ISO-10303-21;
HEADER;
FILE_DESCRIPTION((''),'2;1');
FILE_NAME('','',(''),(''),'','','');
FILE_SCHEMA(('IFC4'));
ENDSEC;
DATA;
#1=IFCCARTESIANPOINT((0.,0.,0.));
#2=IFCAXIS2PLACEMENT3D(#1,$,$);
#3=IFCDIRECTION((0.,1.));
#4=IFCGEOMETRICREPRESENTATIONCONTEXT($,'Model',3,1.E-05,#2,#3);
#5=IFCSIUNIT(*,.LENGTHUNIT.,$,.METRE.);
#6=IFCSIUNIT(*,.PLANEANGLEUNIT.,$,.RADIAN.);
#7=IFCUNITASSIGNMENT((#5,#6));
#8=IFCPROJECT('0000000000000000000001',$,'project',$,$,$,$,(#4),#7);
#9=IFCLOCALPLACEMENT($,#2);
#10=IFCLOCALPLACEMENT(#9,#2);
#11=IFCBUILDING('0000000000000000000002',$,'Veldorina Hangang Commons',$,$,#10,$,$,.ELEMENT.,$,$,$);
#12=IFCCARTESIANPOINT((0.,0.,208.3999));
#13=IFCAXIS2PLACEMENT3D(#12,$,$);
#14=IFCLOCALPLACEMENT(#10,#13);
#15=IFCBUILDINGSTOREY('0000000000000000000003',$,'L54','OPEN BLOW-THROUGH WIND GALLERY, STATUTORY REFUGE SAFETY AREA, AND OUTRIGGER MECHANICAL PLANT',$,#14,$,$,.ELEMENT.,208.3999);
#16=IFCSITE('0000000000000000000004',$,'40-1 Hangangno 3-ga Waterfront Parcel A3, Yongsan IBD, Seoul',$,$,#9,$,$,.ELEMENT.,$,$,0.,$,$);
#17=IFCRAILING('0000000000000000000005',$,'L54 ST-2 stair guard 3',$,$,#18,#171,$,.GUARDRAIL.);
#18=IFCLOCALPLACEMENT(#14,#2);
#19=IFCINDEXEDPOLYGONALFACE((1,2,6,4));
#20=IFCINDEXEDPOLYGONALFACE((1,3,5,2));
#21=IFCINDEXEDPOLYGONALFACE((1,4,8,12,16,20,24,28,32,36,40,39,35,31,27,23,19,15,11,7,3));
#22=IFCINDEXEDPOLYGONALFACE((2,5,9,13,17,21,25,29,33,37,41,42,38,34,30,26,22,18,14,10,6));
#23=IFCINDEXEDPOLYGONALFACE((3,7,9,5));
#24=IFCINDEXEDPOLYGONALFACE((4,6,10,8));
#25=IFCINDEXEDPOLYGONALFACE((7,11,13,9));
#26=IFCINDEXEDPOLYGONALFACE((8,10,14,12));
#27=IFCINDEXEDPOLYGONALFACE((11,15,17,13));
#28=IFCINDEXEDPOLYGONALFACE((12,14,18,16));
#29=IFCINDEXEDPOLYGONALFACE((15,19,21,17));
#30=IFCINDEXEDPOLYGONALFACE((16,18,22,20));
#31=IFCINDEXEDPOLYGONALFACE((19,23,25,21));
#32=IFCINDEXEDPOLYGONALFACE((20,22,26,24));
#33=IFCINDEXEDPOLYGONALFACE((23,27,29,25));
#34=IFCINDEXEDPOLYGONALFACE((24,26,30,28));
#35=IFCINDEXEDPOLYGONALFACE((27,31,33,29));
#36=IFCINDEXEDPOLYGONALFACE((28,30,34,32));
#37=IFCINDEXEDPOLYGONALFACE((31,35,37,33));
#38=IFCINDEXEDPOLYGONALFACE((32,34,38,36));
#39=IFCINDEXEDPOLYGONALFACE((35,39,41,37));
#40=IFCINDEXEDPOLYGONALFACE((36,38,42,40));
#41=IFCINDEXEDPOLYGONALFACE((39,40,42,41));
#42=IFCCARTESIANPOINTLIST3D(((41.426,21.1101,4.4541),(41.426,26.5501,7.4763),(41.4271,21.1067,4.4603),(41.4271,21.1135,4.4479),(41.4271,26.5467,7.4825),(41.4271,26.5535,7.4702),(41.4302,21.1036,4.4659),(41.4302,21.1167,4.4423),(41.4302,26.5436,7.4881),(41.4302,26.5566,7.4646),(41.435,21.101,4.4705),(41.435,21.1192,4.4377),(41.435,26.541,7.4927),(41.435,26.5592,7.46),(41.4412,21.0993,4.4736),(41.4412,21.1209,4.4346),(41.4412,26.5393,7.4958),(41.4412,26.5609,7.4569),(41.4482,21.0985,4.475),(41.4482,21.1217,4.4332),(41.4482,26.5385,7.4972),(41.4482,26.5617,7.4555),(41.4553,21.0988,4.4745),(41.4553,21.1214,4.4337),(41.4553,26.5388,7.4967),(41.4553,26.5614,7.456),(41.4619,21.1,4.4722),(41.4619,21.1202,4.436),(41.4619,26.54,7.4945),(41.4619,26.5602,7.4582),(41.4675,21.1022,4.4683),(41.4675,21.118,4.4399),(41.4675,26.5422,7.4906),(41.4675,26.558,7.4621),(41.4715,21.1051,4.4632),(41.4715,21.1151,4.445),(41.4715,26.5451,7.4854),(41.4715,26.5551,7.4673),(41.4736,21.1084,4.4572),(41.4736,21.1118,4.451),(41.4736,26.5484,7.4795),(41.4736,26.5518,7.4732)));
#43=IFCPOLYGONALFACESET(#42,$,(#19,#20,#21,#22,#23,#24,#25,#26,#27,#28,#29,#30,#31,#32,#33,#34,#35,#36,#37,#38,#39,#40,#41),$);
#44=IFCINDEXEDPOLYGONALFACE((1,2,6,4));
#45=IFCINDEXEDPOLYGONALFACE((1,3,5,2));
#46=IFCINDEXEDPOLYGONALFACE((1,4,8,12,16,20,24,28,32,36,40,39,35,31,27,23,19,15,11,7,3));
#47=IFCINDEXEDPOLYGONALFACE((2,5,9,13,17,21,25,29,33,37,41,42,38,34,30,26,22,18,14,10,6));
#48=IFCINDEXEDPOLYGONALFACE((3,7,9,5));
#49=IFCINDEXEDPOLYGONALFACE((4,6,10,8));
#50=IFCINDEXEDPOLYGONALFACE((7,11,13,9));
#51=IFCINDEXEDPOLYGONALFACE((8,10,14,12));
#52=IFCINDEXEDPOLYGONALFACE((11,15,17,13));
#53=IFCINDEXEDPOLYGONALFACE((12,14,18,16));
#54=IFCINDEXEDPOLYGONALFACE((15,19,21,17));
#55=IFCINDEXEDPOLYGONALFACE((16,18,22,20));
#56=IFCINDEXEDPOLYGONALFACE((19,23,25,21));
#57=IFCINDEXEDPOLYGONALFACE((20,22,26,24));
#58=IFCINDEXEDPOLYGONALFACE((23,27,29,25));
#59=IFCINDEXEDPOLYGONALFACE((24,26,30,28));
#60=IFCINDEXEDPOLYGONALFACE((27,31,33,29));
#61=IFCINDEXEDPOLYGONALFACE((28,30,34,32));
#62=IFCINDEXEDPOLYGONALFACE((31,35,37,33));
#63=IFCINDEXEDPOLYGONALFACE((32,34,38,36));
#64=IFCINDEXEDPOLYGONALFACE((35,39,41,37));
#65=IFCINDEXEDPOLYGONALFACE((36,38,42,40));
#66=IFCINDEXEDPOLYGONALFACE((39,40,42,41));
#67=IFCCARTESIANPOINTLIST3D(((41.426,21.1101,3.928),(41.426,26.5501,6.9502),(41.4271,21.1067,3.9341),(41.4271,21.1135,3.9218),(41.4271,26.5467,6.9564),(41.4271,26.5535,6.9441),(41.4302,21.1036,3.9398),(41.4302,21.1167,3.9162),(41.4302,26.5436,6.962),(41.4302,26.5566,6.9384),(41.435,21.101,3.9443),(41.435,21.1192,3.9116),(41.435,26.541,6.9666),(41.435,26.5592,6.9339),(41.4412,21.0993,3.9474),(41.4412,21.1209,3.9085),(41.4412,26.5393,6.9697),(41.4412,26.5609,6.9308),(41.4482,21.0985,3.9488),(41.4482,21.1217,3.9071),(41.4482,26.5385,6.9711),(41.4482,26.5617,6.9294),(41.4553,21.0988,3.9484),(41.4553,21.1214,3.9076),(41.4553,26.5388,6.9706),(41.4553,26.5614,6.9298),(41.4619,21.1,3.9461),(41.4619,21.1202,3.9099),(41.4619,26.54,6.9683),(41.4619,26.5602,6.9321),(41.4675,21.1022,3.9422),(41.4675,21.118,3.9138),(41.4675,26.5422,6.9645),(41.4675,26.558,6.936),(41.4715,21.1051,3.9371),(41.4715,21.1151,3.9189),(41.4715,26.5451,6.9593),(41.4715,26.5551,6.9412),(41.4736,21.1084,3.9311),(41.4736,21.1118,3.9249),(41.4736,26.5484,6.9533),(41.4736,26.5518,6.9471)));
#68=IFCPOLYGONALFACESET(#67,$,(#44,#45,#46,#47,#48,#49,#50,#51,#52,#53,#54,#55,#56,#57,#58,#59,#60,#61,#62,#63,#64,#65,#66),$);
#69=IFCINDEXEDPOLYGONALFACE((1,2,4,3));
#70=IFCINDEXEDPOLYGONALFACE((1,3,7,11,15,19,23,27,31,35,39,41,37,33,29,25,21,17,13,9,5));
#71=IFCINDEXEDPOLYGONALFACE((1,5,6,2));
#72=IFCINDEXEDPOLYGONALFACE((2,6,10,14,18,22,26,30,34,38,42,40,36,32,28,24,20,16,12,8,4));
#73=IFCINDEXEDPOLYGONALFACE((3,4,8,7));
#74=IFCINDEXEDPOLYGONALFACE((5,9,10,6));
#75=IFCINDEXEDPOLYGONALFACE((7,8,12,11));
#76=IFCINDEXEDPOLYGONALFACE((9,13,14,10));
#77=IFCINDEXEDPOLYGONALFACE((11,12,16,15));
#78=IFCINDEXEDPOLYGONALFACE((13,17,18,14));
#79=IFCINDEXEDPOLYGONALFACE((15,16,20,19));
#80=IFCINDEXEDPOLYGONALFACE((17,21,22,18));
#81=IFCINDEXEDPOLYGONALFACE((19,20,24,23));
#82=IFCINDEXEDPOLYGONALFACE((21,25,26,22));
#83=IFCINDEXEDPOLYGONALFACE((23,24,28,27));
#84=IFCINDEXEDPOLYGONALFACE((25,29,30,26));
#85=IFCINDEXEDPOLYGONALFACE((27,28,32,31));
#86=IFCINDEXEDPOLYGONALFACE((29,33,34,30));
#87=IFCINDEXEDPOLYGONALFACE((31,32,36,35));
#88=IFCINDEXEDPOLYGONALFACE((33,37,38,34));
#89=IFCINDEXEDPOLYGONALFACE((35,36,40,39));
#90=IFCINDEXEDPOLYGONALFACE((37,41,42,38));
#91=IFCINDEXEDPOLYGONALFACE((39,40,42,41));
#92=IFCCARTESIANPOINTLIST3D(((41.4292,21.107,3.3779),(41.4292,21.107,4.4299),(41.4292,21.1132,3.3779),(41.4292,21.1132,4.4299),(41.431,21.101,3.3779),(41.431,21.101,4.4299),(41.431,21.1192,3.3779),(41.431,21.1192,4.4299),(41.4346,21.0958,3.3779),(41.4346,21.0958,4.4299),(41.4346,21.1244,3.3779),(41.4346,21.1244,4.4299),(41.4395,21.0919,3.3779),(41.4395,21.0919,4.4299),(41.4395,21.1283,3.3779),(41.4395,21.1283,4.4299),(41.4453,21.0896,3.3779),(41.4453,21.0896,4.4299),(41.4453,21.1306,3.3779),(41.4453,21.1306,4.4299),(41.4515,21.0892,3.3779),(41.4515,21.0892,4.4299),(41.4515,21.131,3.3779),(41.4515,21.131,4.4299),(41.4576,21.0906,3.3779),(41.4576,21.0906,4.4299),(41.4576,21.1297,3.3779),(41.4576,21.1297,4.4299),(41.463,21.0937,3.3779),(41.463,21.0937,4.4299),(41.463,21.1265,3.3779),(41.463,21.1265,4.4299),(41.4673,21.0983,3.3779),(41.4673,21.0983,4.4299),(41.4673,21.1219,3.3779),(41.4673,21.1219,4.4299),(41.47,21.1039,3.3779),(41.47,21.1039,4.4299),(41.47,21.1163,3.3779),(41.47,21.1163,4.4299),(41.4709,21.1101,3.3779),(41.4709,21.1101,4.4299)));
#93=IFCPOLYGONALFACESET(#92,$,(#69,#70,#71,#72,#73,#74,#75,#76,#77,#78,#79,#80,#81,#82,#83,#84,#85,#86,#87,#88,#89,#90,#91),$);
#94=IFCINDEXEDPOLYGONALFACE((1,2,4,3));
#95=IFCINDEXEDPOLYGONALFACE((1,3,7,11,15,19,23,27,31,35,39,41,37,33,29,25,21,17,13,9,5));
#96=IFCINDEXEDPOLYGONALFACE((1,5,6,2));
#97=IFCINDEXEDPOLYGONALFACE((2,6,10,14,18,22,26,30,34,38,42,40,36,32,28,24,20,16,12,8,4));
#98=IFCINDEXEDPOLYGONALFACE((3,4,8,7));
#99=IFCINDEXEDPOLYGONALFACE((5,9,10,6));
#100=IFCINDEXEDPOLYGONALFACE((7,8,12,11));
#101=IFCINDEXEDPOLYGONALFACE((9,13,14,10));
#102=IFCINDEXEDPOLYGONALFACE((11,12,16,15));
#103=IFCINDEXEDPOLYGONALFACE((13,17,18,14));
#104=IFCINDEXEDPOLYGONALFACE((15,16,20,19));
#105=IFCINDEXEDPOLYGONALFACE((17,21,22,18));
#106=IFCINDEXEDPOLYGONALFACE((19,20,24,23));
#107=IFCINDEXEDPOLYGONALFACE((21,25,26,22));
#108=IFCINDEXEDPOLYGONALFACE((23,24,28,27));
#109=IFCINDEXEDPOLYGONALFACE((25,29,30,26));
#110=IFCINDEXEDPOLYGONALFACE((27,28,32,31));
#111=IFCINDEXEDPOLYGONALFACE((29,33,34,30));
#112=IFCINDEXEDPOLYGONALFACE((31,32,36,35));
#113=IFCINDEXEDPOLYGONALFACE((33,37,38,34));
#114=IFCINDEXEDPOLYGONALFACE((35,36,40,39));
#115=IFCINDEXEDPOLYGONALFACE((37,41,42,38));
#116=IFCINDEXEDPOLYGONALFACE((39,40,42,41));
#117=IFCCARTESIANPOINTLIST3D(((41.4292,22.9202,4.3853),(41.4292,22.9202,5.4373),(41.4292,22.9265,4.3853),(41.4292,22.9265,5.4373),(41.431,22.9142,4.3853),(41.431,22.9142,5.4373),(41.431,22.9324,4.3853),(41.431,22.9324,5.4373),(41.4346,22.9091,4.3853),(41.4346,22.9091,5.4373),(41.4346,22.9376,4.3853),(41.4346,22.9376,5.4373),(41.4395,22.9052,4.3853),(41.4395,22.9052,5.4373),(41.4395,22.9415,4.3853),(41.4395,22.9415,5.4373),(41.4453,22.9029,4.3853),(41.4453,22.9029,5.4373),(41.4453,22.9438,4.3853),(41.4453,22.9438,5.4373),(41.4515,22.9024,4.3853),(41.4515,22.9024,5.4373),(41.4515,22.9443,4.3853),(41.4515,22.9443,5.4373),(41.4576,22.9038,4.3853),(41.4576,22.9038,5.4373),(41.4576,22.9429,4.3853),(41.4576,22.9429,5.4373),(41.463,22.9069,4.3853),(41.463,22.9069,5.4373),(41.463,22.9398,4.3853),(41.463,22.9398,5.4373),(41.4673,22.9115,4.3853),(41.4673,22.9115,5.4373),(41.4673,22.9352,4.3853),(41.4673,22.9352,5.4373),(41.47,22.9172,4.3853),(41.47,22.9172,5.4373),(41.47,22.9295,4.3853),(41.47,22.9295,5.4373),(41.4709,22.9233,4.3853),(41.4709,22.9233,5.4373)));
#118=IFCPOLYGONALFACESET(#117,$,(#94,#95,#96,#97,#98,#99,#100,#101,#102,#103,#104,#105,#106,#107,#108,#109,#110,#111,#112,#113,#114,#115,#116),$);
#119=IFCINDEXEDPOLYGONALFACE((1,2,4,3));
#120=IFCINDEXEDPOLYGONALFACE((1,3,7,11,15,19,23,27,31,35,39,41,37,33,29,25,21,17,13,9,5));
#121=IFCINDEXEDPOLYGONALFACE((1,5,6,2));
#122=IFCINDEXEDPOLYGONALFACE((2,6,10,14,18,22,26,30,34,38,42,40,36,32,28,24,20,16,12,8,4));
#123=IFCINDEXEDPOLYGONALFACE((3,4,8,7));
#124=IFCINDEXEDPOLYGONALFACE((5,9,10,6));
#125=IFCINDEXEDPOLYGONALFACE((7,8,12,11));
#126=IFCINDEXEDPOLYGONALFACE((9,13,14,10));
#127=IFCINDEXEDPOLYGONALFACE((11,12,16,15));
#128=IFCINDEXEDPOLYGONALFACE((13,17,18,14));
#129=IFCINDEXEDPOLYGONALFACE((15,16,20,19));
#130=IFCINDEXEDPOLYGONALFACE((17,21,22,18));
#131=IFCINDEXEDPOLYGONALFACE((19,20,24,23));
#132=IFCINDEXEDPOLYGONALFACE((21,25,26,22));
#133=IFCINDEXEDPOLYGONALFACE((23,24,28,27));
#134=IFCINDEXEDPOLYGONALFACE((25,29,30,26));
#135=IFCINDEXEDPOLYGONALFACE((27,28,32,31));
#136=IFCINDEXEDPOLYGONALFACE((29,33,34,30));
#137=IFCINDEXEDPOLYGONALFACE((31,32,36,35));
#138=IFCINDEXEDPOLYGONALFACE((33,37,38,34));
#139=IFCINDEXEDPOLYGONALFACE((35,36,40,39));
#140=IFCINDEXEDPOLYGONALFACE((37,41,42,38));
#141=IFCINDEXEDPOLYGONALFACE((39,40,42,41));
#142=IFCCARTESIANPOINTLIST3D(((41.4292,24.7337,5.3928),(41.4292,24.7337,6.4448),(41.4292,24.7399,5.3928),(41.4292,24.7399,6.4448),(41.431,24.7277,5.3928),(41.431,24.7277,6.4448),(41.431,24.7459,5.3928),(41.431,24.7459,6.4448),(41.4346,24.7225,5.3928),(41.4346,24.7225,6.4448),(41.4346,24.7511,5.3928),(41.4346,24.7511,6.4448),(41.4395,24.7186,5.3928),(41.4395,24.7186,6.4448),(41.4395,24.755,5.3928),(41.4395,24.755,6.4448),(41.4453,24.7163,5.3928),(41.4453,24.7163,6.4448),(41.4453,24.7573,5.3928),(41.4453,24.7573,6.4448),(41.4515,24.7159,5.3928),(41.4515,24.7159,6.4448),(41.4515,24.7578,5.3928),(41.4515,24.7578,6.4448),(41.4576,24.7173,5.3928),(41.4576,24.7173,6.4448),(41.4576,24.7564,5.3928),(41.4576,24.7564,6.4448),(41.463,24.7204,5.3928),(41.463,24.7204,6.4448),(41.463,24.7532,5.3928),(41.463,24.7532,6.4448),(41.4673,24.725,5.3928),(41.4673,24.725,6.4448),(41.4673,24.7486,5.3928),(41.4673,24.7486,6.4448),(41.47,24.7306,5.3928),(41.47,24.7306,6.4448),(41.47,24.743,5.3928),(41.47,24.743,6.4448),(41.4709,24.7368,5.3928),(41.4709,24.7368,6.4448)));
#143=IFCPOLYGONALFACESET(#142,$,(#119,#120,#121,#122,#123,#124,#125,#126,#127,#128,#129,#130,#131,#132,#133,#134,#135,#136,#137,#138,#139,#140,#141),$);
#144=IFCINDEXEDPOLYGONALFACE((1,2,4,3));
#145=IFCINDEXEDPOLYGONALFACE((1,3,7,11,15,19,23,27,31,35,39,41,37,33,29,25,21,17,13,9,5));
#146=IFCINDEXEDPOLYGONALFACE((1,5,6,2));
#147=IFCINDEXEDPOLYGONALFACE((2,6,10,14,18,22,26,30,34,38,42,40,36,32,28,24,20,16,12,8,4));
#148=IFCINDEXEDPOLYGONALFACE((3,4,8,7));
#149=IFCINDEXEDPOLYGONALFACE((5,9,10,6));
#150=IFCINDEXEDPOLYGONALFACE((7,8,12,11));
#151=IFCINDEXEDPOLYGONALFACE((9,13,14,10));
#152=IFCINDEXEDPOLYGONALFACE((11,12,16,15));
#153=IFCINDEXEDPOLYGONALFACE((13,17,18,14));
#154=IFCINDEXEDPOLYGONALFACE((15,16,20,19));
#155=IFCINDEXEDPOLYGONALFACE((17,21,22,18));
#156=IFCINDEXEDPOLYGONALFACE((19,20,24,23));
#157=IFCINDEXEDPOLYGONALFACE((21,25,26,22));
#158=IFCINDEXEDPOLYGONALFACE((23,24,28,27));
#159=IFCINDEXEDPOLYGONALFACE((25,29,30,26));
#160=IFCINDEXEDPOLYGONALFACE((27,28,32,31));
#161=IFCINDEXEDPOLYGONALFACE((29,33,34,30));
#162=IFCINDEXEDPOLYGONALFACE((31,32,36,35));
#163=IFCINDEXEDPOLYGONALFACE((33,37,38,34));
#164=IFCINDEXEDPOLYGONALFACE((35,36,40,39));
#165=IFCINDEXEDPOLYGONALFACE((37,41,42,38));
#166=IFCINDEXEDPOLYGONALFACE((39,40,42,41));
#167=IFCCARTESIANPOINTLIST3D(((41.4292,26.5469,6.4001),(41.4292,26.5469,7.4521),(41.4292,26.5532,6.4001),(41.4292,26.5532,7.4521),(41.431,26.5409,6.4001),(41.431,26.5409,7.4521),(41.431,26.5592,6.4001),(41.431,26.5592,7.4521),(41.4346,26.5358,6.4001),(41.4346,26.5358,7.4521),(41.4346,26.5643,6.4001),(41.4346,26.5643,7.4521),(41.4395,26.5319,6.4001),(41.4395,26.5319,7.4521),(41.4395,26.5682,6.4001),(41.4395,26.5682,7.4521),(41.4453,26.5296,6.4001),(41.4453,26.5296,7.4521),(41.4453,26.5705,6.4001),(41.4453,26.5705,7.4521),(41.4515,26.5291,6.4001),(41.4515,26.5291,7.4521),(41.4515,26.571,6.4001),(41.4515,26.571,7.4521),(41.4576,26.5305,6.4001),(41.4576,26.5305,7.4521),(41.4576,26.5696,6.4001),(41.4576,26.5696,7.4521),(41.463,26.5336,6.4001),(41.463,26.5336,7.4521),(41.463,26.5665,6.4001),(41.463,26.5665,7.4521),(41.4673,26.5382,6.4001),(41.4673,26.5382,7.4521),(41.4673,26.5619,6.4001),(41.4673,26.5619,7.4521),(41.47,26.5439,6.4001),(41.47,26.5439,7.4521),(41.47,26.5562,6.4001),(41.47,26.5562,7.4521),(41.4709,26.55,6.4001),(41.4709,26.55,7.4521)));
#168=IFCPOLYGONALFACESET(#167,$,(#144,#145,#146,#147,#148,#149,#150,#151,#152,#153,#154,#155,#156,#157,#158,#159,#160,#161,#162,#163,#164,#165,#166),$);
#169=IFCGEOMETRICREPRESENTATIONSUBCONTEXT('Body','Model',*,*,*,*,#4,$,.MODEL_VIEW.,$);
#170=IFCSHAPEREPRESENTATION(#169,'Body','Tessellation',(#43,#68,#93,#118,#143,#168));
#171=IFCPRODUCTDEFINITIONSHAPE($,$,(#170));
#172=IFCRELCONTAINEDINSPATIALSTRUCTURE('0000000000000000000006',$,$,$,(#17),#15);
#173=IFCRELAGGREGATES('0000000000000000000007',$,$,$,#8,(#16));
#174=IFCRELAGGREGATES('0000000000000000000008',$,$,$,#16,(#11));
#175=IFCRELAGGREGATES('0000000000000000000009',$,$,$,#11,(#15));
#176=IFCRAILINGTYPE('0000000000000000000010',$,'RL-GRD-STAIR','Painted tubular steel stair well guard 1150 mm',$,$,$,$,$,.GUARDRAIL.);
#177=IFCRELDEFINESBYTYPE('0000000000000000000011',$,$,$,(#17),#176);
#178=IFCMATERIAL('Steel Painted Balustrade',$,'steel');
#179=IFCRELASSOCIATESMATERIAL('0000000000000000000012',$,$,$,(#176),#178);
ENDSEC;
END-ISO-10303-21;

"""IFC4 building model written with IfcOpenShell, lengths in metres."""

from ifc_helpers import new_model, si_unit, direction, frame, origin, origin_2d, place, context, subcontext, project, spatial, circle, extrude, material, type_object, element, save


model = new_model("IFC4")

# Units and contexts
model_context = context("Model", 3, precision=1e-05, world=origin(), true_north=direction((0.0, 1.0)))
body_context = subcontext(model_context, "Body", "Model", "MODEL_VIEW")
ifc_project = project(units=[si_unit("LENGTHUNIT", "METRE"), si_unit("PLANEANGLEUNIT", "RADIAN")], contexts=[model_context])

# Site, building, storey
site_placement = place(None, origin())
site = spatial("IfcSite", under=ifc_project, at=site_placement, Name="40-1 Hangangno 3-ga Waterfront Parcel A3, Yongsan IBD, Seoul", CompositionType="ELEMENT", RefElevation=0.0)
building_placement = place(site_placement, origin())
building = spatial("IfcBuilding", under=site, at=building_placement, Name="Veldorina Hangang Commons", CompositionType="ELEMENT")
storey_placement = place(building_placement, frame((0.0, 0.0, 208.3999)))
storey = spatial("IfcBuildingStorey", under=building, at=storey_placement, Name="L54", Description="OPEN BLOW-THROUGH WIND GALLERY, STATUTORY REFUGE SAFETY AREA, AND OUTRIGGER MECHANICAL PLANT", CompositionType="ELEMENT", Elevation=208.3999)

# Railing
ifc_material_1 = material(Name="Steel Painted Balustrade", Category="steel")
railing_type_1 = type_object("IfcRailingType", Name="RL-GRD-STAIR", Description="Painted tubular steel stair well guard 1150 mm", PredefinedType="GUARDRAIL", material=ifc_material_1)
railing_1_placement = place(storey_placement, frame((41.45, 21.1101, 3.3779)))
element("IfcRailing", 1, at=railing_1_placement, inside=storey, type_object=railing_type_1, Name="L54 ST-2 stair guard 3", PredefinedType="GUARDRAIL", context=body_context, shape_type="SweptSolid", body=[
    extrude(circle(Radius=0.0239, at=origin_2d()), frame((0.0, 0.0, 1.0762), z_axis=(0.0, 0.874155, 0.485646), x_axis=(-1.0, 0.0, 0.0)), (0.0, 0.0, 1.0), 6.2231),
    extrude(circle(Radius=0.0239, at=origin_2d()), frame((0.0, 0.0, 0.55), z_axis=(0.0, 0.874155, 0.485646), x_axis=(-1.0, 0.0, 0.0)), (0.0, 0.0, 1.0), 6.2231),
    extrude(circle(Radius=0.021, at=origin_2d()), origin(), (0.0, 0.0, 1.0), 1.052),
    extrude(circle(Radius=0.021, at=origin_2d()), frame((0.0, 1.8132, 1.0073)), (0.0, 0.0, 1.0), 1.052),
    extrude(circle(Radius=0.021, at=origin_2d()), frame((0.0, 3.6267, 2.0149)), (0.0, 0.0, 1.0), 1.052),
    extrude(circle(Radius=0.021, at=origin_2d()), frame((0.0, 5.4399, 3.0222)), (0.0, 0.0, 1.0), 1.052),
])

save(model, "model.ifc")
